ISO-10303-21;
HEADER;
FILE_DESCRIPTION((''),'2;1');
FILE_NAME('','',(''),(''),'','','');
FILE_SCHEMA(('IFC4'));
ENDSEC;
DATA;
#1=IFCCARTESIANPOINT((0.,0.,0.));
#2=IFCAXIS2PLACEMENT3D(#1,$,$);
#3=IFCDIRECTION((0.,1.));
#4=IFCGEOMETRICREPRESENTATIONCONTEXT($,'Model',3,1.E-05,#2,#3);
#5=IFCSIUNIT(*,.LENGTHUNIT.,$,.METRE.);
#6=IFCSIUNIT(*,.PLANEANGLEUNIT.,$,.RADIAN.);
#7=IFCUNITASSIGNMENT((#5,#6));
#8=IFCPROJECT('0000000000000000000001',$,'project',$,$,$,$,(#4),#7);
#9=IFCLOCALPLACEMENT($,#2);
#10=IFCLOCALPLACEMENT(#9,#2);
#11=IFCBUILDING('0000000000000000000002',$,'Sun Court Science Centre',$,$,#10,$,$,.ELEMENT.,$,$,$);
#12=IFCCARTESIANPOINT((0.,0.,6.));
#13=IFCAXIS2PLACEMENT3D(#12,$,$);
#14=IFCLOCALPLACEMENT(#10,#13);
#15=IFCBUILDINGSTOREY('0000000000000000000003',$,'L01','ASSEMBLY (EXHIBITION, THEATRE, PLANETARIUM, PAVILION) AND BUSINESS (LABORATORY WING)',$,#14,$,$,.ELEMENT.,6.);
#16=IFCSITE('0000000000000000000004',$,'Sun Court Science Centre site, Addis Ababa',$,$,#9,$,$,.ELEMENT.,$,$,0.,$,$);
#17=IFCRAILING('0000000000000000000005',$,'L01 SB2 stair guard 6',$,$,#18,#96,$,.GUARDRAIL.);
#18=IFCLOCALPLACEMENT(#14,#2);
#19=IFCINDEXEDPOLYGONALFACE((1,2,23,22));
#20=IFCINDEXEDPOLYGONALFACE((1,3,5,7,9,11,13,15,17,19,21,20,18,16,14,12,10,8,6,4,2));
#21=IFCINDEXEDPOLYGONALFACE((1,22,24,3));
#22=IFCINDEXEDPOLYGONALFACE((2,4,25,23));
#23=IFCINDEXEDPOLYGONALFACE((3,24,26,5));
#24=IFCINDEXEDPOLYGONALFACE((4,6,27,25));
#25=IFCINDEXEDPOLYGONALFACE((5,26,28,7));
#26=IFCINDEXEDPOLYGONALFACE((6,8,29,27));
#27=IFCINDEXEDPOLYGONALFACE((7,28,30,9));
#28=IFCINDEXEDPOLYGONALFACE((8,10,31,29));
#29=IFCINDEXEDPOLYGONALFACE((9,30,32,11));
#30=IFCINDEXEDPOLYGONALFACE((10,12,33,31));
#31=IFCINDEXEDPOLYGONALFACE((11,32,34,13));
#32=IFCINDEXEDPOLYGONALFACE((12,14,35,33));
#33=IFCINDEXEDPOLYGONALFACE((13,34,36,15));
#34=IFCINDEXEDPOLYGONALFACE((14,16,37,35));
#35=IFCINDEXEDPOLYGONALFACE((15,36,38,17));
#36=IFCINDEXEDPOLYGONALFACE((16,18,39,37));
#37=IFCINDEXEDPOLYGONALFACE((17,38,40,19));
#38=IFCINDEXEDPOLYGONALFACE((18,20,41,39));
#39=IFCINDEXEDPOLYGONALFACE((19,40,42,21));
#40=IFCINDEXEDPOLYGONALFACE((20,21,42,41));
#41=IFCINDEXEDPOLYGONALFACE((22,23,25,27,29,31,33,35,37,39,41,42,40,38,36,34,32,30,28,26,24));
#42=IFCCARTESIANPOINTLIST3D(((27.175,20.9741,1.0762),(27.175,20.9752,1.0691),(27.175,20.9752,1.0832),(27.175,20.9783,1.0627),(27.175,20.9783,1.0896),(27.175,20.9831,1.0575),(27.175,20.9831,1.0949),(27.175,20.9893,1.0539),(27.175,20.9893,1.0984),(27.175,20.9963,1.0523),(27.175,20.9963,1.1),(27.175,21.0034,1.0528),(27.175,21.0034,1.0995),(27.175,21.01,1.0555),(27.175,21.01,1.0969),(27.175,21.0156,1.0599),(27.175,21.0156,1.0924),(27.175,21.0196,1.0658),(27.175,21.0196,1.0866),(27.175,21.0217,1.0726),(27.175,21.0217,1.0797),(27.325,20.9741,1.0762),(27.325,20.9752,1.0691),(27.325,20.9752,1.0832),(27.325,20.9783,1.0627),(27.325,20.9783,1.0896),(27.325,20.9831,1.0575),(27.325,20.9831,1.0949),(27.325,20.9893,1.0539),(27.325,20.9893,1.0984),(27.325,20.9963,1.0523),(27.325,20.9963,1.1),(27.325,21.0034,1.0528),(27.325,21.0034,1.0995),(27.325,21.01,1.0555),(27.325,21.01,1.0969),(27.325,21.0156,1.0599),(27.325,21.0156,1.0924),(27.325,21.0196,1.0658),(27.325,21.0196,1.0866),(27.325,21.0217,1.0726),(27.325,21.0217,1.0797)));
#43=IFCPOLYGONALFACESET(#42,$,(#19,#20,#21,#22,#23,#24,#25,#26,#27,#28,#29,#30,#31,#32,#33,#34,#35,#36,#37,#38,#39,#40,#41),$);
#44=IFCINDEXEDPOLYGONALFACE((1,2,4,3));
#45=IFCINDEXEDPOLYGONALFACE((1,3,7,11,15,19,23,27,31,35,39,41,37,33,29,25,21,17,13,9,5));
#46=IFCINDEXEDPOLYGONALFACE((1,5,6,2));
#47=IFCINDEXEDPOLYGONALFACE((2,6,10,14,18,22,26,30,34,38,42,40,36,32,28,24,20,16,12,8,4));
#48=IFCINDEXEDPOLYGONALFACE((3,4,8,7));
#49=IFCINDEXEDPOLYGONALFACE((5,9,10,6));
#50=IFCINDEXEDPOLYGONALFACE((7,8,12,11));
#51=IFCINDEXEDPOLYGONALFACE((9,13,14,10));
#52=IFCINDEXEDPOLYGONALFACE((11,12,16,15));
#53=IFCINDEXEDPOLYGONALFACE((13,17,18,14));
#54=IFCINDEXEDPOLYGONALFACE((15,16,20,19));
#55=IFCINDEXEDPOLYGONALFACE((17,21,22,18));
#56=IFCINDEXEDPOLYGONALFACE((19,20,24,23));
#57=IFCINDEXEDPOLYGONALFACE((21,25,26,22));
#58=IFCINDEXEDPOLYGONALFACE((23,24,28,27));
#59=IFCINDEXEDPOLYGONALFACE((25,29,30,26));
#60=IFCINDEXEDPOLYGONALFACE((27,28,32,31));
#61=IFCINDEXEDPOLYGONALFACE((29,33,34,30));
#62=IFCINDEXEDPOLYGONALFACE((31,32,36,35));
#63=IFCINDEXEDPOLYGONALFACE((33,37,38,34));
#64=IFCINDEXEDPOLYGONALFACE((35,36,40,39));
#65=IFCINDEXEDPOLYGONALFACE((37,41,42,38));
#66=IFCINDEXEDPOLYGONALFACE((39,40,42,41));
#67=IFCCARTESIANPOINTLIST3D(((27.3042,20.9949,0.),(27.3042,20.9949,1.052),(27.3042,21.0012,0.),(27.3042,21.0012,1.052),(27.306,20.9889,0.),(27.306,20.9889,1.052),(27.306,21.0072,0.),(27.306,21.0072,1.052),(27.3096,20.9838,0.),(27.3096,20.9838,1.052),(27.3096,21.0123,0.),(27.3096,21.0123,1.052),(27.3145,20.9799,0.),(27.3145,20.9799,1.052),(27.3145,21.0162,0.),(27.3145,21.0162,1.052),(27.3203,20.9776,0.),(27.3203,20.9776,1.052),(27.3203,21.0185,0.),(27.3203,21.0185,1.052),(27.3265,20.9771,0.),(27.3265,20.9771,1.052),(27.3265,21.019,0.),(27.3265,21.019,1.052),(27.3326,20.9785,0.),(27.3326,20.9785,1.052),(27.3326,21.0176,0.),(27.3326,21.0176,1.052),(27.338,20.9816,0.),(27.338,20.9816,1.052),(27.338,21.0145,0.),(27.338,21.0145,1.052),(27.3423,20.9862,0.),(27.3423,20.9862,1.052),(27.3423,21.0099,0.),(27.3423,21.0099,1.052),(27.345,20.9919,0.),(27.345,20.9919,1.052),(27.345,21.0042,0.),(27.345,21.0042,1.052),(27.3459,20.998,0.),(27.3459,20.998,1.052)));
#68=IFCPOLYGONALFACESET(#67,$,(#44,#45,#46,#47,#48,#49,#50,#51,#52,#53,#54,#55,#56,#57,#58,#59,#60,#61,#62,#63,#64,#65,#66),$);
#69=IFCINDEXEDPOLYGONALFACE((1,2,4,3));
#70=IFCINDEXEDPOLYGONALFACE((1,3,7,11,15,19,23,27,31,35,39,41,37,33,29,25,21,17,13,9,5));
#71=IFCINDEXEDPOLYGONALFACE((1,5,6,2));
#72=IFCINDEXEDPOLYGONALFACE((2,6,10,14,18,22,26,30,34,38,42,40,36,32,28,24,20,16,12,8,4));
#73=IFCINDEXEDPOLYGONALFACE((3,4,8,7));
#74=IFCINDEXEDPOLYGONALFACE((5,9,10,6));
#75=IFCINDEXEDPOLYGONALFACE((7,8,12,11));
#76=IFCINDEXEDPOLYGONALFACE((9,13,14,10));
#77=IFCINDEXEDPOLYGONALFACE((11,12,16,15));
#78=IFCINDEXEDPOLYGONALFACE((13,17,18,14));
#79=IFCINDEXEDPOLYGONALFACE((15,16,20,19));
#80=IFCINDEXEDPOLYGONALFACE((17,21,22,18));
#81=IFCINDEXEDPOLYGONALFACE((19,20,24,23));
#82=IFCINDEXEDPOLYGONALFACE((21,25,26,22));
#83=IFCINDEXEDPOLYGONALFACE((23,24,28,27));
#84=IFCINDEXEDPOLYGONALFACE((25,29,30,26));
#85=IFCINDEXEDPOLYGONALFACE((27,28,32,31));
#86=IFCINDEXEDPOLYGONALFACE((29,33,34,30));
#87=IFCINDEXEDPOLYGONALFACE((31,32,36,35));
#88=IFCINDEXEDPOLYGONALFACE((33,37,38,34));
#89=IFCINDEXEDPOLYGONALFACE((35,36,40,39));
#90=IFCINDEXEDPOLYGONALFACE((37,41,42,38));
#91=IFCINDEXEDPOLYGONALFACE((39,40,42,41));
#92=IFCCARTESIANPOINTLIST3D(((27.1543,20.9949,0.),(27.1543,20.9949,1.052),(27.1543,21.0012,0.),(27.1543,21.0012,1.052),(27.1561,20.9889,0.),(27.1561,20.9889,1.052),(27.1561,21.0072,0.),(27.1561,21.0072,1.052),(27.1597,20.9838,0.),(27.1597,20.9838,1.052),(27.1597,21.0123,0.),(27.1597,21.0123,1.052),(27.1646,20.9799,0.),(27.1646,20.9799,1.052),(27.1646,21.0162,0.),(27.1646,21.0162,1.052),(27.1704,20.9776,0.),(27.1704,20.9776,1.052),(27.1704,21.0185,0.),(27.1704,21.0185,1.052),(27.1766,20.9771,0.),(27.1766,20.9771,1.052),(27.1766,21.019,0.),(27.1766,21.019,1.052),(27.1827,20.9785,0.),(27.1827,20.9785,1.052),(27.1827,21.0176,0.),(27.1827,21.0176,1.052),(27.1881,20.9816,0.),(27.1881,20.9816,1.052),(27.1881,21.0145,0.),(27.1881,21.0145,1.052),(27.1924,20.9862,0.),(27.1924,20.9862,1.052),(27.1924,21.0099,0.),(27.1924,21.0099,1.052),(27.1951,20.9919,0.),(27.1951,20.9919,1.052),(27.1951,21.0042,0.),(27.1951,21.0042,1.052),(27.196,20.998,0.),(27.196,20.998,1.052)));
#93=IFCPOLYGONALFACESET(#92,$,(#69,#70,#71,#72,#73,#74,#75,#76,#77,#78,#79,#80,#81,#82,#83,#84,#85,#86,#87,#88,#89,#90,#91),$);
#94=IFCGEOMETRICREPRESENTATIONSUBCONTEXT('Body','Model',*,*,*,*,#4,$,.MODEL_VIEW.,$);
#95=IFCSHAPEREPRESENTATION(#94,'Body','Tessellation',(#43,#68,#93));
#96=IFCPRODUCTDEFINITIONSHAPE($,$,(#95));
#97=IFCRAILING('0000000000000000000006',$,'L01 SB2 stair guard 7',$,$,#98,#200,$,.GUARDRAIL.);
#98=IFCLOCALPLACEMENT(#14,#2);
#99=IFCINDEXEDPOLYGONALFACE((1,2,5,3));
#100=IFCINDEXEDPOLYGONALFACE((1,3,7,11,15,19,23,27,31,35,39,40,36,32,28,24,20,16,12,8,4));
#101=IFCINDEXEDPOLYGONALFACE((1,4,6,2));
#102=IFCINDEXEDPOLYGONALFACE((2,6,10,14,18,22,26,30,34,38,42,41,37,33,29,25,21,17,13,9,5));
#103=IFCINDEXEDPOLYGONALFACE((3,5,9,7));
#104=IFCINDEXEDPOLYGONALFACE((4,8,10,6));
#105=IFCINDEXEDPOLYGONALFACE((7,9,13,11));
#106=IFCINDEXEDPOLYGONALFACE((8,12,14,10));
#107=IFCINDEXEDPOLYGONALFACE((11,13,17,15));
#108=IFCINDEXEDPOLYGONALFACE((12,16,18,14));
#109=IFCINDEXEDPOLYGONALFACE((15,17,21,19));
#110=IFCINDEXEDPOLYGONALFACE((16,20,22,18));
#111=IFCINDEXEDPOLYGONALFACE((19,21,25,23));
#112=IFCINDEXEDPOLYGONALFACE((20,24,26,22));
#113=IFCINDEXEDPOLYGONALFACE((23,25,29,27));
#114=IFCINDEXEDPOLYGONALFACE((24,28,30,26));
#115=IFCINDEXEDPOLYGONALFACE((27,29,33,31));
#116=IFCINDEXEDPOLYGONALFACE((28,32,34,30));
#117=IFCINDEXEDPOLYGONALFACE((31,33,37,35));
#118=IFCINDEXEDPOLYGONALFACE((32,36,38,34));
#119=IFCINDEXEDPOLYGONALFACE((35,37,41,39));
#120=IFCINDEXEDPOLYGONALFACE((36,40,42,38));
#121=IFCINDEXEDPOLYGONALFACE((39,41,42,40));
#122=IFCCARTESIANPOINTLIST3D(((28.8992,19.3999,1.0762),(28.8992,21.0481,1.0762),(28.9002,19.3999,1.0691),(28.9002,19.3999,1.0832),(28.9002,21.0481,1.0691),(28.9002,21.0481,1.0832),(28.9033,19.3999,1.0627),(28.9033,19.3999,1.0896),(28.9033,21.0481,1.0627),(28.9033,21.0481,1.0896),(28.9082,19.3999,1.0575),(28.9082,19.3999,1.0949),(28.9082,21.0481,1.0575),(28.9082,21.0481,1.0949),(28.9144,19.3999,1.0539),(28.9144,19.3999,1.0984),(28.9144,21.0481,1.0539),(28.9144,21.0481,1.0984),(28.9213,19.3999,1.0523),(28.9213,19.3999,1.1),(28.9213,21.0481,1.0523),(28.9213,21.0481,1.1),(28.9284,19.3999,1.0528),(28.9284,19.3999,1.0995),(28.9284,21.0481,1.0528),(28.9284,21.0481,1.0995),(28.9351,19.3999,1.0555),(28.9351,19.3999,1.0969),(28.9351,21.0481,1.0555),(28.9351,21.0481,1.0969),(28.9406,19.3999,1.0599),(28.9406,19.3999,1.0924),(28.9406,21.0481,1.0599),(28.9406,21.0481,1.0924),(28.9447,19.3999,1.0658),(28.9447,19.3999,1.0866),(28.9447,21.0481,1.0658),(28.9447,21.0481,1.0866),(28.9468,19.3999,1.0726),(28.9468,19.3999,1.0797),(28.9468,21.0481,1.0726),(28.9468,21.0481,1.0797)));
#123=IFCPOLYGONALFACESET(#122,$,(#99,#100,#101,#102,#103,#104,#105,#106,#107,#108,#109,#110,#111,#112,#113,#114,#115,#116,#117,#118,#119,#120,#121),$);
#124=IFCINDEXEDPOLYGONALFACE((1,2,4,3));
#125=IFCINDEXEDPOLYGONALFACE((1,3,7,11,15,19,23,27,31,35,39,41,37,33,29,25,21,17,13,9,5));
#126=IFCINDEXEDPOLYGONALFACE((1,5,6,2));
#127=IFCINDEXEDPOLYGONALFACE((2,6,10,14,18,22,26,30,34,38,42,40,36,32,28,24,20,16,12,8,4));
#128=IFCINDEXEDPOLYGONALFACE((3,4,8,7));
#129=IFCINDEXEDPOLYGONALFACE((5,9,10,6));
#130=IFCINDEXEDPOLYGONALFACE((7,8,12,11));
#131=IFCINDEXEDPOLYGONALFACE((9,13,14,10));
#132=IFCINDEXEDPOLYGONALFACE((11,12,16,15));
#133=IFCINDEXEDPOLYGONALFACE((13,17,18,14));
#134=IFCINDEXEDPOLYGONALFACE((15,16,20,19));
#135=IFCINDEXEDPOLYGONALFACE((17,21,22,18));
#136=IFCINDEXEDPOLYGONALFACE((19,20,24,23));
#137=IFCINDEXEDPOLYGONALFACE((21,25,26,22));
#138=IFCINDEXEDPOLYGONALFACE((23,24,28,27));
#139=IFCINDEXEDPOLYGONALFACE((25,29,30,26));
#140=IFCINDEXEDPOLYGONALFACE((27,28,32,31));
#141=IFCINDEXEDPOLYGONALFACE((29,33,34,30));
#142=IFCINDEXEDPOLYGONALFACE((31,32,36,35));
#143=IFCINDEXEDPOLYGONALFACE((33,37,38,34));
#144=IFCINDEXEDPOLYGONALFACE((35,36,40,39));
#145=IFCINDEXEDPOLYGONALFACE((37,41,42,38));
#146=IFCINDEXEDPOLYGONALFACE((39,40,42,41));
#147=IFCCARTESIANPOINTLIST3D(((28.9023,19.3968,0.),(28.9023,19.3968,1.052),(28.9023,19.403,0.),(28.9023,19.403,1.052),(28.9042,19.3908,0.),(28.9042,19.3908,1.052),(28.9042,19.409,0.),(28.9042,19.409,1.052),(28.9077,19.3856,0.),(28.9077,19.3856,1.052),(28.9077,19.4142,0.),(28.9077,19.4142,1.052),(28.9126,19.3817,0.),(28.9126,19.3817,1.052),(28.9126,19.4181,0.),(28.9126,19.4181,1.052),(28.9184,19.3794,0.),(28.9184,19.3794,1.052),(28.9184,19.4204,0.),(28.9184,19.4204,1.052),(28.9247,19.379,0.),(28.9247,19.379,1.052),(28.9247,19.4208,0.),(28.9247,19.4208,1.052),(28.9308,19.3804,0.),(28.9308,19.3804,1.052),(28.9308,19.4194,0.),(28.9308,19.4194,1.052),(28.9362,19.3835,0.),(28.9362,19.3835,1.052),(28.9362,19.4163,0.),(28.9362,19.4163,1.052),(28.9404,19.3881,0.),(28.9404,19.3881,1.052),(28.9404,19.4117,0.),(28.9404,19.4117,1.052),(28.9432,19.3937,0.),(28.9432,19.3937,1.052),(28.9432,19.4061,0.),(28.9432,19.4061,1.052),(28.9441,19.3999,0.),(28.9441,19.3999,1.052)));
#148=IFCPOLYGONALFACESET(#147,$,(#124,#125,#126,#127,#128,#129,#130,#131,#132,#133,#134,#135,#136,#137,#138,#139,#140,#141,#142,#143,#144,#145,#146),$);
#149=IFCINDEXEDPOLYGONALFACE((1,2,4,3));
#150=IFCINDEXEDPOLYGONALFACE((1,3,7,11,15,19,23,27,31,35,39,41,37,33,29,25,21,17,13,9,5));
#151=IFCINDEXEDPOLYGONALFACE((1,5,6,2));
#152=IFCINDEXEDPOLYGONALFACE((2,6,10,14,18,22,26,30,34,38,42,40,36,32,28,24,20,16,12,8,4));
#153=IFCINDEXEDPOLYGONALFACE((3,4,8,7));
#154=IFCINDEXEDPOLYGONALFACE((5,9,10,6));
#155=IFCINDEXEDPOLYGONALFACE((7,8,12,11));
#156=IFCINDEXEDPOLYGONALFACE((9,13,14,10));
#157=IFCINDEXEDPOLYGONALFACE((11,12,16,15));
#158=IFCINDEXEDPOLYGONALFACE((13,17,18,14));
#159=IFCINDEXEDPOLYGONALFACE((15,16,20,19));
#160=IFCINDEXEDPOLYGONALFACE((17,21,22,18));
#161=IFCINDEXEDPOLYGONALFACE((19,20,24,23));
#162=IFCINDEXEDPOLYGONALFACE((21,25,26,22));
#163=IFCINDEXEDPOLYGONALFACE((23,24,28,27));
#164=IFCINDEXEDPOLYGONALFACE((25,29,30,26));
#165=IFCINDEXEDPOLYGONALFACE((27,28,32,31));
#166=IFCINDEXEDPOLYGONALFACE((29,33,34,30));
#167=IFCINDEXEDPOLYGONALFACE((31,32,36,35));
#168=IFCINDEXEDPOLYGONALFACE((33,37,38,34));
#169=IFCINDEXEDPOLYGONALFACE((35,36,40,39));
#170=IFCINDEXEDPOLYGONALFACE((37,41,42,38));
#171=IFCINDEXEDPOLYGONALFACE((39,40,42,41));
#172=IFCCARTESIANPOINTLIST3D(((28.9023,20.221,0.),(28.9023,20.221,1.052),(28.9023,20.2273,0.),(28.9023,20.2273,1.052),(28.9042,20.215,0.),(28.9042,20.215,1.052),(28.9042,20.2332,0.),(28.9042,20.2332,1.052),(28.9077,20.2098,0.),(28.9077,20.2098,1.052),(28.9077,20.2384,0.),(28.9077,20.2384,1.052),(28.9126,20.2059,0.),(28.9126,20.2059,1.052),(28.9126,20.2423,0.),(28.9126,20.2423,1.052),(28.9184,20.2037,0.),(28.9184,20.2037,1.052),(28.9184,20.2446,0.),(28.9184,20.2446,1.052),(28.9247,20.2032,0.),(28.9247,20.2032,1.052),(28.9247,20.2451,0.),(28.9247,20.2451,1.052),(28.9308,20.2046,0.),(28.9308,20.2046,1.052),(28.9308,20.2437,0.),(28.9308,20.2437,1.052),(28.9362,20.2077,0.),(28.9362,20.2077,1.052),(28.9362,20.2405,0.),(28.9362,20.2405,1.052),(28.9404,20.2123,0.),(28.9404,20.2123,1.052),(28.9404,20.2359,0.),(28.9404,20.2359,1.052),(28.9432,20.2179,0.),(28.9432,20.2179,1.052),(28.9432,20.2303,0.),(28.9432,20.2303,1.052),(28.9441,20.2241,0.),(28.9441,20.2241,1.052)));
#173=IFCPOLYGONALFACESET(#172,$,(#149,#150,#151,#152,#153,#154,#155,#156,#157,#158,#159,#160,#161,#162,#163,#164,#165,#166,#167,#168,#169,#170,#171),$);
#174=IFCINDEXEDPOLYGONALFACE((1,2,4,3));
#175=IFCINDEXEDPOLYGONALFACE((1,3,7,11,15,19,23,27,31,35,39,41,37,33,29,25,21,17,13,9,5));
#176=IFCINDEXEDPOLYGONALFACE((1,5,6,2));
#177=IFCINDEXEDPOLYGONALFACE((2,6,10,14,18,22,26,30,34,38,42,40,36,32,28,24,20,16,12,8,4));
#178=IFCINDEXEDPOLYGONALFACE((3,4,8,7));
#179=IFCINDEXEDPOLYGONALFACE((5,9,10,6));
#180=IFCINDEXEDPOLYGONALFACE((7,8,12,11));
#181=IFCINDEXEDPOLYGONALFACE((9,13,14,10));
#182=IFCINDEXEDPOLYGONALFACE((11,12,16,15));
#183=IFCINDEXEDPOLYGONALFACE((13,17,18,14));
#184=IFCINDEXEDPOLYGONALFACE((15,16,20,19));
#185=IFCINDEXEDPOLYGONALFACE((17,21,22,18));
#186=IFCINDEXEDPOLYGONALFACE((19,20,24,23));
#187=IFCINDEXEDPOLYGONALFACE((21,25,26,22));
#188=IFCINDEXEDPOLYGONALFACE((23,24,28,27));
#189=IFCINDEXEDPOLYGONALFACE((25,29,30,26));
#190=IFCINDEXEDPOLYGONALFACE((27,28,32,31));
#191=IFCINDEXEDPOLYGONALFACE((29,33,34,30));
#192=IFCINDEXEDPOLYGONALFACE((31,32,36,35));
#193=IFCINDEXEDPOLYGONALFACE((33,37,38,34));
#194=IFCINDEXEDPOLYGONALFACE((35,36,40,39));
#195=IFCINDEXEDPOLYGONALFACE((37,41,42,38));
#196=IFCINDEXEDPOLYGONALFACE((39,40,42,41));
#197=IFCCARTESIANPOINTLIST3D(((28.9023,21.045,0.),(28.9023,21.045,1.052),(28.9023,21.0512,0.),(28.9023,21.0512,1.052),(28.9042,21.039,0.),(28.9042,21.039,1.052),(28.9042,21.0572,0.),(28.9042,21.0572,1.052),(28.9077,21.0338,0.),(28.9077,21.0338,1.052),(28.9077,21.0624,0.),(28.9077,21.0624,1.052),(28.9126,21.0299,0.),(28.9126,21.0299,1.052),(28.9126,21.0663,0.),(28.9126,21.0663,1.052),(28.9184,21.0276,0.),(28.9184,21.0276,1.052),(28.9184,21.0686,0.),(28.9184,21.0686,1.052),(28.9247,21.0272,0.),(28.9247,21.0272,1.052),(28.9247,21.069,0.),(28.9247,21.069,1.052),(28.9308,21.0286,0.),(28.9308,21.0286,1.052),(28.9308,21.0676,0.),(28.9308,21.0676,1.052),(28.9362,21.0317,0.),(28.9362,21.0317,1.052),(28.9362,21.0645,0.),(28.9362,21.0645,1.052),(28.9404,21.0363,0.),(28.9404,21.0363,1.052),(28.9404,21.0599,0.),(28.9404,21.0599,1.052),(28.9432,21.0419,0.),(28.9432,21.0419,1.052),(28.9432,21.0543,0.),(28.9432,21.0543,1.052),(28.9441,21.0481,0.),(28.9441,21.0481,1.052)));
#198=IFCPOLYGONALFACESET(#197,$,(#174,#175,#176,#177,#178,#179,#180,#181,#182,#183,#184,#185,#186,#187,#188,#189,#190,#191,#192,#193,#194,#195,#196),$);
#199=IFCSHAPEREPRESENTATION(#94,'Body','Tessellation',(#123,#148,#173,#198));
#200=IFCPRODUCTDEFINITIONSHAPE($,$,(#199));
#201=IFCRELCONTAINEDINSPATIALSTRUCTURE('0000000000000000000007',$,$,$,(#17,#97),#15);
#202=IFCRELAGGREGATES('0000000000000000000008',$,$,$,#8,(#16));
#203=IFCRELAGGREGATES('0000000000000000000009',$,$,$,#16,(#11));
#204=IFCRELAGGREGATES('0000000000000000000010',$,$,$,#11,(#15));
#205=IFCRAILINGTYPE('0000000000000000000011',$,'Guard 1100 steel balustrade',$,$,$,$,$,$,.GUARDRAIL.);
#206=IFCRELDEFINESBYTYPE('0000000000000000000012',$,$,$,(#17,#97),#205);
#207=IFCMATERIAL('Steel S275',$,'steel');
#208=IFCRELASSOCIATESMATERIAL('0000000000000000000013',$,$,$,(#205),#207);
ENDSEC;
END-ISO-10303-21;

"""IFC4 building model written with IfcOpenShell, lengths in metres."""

from ifc_helpers import new_model, si_unit, direction, frame, origin, origin_2d, place, context, subcontext, project, spatial, circle, extrude, material, type_object, element, save


model = new_model("IFC4")

# Units and contexts
model_context = context("Model", 3, precision=1e-05, world=origin(), true_north=direction((0.0, 1.0)))
body_context = subcontext(model_context, "Body", "Model", "MODEL_VIEW")
ifc_project = project(units=[si_unit("LENGTHUNIT", "METRE"), si_unit("PLANEANGLEUNIT", "RADIAN")], contexts=[model_context])

# Site, building, storey
site_placement = place(None, origin())
site = spatial("IfcSite", under=ifc_project, at=site_placement, Name="Sun Court Science Centre site, Addis Ababa", CompositionType="ELEMENT", RefElevation=0.0)
building_placement = place(site_placement, origin())
building = spatial("IfcBuilding", under=site, at=building_placement, Name="Sun Court Science Centre", CompositionType="ELEMENT")
storey_placement = place(building_placement, frame((0.0, 0.0, 6.0)))
storey = spatial("IfcBuildingStorey", under=building, at=storey_placement, Name="L01", Description="ASSEMBLY (EXHIBITION, THEATRE, PLANETARIUM, PAVILION) AND BUSINESS (LABORATORY WING)", CompositionType="ELEMENT", Elevation=6.0)

# Railings
ifc_material_1 = material(Name="Steel S275", Category="steel")
railing_type_1 = type_object("IfcRailingType", Name="Guard 1100 steel balustrade", PredefinedType="GUARDRAIL", material=ifc_material_1)
railing_1_placement = place(storey_placement, frame((27.325, 20.998, 0.0)))
element("IfcRailing", 1, at=railing_1_placement, inside=storey, type_object=railing_type_1, Name="L01 SB2 stair guard 6", PredefinedType="GUARDRAIL", context=body_context, shape_type="SweptSolid", body=[
    extrude(circle(Radius=0.0239, at=origin_2d()), frame((0.0, 0.0, 1.0762), z_axis=(-1.0, 0.0, 0.0), x_axis=(0.0, -1.0, 0.0)), (0.0, 0.0, 1.0), 0.1499),
    extrude(circle(Radius=0.021, at=origin_2d()), origin(), (0.0, 0.0, 1.0), 1.052),
    extrude(circle(Radius=0.021, at=origin_2d()), frame((-0.1499, 0.0, 0.0)), (0.0, 0.0, 1.0), 1.052),
])
for number, where, name in (
    (2, (28.9231, 19.3999, 0.0), "L01 SB2 stair guard 7"),
):
    element("IfcRailing", number, at=place(storey_placement, frame(where)), inside=storey, type_object=railing_type_1, Name=name, PredefinedType="GUARDRAIL", context=body_context, shape_type="SweptSolid", body=[
        extrude(circle(Radius=0.0239, at=origin_2d()), frame((0.0, 0.0, 1.0762), z_axis=(0.0, 1.0, 0.0), x_axis=(-1.0, 0.0, 0.0)), (0.0, 0.0, 1.0), 1.6482),
        extrude(circle(Radius=0.021, at=origin_2d()), origin(), (0.0, 0.0, 1.0), 1.052),
        extrude(circle(Radius=0.021, at=origin_2d()), frame((0.0, 0.8242, 0.0)), (0.0, 0.0, 1.0), 1.052),
        extrude(circle(Radius=0.021, at=origin_2d()), frame((0.0, 1.6482, 0.0)), (0.0, 0.0, 1.0), 1.052),
    ])

save(model, "model.ifc")
